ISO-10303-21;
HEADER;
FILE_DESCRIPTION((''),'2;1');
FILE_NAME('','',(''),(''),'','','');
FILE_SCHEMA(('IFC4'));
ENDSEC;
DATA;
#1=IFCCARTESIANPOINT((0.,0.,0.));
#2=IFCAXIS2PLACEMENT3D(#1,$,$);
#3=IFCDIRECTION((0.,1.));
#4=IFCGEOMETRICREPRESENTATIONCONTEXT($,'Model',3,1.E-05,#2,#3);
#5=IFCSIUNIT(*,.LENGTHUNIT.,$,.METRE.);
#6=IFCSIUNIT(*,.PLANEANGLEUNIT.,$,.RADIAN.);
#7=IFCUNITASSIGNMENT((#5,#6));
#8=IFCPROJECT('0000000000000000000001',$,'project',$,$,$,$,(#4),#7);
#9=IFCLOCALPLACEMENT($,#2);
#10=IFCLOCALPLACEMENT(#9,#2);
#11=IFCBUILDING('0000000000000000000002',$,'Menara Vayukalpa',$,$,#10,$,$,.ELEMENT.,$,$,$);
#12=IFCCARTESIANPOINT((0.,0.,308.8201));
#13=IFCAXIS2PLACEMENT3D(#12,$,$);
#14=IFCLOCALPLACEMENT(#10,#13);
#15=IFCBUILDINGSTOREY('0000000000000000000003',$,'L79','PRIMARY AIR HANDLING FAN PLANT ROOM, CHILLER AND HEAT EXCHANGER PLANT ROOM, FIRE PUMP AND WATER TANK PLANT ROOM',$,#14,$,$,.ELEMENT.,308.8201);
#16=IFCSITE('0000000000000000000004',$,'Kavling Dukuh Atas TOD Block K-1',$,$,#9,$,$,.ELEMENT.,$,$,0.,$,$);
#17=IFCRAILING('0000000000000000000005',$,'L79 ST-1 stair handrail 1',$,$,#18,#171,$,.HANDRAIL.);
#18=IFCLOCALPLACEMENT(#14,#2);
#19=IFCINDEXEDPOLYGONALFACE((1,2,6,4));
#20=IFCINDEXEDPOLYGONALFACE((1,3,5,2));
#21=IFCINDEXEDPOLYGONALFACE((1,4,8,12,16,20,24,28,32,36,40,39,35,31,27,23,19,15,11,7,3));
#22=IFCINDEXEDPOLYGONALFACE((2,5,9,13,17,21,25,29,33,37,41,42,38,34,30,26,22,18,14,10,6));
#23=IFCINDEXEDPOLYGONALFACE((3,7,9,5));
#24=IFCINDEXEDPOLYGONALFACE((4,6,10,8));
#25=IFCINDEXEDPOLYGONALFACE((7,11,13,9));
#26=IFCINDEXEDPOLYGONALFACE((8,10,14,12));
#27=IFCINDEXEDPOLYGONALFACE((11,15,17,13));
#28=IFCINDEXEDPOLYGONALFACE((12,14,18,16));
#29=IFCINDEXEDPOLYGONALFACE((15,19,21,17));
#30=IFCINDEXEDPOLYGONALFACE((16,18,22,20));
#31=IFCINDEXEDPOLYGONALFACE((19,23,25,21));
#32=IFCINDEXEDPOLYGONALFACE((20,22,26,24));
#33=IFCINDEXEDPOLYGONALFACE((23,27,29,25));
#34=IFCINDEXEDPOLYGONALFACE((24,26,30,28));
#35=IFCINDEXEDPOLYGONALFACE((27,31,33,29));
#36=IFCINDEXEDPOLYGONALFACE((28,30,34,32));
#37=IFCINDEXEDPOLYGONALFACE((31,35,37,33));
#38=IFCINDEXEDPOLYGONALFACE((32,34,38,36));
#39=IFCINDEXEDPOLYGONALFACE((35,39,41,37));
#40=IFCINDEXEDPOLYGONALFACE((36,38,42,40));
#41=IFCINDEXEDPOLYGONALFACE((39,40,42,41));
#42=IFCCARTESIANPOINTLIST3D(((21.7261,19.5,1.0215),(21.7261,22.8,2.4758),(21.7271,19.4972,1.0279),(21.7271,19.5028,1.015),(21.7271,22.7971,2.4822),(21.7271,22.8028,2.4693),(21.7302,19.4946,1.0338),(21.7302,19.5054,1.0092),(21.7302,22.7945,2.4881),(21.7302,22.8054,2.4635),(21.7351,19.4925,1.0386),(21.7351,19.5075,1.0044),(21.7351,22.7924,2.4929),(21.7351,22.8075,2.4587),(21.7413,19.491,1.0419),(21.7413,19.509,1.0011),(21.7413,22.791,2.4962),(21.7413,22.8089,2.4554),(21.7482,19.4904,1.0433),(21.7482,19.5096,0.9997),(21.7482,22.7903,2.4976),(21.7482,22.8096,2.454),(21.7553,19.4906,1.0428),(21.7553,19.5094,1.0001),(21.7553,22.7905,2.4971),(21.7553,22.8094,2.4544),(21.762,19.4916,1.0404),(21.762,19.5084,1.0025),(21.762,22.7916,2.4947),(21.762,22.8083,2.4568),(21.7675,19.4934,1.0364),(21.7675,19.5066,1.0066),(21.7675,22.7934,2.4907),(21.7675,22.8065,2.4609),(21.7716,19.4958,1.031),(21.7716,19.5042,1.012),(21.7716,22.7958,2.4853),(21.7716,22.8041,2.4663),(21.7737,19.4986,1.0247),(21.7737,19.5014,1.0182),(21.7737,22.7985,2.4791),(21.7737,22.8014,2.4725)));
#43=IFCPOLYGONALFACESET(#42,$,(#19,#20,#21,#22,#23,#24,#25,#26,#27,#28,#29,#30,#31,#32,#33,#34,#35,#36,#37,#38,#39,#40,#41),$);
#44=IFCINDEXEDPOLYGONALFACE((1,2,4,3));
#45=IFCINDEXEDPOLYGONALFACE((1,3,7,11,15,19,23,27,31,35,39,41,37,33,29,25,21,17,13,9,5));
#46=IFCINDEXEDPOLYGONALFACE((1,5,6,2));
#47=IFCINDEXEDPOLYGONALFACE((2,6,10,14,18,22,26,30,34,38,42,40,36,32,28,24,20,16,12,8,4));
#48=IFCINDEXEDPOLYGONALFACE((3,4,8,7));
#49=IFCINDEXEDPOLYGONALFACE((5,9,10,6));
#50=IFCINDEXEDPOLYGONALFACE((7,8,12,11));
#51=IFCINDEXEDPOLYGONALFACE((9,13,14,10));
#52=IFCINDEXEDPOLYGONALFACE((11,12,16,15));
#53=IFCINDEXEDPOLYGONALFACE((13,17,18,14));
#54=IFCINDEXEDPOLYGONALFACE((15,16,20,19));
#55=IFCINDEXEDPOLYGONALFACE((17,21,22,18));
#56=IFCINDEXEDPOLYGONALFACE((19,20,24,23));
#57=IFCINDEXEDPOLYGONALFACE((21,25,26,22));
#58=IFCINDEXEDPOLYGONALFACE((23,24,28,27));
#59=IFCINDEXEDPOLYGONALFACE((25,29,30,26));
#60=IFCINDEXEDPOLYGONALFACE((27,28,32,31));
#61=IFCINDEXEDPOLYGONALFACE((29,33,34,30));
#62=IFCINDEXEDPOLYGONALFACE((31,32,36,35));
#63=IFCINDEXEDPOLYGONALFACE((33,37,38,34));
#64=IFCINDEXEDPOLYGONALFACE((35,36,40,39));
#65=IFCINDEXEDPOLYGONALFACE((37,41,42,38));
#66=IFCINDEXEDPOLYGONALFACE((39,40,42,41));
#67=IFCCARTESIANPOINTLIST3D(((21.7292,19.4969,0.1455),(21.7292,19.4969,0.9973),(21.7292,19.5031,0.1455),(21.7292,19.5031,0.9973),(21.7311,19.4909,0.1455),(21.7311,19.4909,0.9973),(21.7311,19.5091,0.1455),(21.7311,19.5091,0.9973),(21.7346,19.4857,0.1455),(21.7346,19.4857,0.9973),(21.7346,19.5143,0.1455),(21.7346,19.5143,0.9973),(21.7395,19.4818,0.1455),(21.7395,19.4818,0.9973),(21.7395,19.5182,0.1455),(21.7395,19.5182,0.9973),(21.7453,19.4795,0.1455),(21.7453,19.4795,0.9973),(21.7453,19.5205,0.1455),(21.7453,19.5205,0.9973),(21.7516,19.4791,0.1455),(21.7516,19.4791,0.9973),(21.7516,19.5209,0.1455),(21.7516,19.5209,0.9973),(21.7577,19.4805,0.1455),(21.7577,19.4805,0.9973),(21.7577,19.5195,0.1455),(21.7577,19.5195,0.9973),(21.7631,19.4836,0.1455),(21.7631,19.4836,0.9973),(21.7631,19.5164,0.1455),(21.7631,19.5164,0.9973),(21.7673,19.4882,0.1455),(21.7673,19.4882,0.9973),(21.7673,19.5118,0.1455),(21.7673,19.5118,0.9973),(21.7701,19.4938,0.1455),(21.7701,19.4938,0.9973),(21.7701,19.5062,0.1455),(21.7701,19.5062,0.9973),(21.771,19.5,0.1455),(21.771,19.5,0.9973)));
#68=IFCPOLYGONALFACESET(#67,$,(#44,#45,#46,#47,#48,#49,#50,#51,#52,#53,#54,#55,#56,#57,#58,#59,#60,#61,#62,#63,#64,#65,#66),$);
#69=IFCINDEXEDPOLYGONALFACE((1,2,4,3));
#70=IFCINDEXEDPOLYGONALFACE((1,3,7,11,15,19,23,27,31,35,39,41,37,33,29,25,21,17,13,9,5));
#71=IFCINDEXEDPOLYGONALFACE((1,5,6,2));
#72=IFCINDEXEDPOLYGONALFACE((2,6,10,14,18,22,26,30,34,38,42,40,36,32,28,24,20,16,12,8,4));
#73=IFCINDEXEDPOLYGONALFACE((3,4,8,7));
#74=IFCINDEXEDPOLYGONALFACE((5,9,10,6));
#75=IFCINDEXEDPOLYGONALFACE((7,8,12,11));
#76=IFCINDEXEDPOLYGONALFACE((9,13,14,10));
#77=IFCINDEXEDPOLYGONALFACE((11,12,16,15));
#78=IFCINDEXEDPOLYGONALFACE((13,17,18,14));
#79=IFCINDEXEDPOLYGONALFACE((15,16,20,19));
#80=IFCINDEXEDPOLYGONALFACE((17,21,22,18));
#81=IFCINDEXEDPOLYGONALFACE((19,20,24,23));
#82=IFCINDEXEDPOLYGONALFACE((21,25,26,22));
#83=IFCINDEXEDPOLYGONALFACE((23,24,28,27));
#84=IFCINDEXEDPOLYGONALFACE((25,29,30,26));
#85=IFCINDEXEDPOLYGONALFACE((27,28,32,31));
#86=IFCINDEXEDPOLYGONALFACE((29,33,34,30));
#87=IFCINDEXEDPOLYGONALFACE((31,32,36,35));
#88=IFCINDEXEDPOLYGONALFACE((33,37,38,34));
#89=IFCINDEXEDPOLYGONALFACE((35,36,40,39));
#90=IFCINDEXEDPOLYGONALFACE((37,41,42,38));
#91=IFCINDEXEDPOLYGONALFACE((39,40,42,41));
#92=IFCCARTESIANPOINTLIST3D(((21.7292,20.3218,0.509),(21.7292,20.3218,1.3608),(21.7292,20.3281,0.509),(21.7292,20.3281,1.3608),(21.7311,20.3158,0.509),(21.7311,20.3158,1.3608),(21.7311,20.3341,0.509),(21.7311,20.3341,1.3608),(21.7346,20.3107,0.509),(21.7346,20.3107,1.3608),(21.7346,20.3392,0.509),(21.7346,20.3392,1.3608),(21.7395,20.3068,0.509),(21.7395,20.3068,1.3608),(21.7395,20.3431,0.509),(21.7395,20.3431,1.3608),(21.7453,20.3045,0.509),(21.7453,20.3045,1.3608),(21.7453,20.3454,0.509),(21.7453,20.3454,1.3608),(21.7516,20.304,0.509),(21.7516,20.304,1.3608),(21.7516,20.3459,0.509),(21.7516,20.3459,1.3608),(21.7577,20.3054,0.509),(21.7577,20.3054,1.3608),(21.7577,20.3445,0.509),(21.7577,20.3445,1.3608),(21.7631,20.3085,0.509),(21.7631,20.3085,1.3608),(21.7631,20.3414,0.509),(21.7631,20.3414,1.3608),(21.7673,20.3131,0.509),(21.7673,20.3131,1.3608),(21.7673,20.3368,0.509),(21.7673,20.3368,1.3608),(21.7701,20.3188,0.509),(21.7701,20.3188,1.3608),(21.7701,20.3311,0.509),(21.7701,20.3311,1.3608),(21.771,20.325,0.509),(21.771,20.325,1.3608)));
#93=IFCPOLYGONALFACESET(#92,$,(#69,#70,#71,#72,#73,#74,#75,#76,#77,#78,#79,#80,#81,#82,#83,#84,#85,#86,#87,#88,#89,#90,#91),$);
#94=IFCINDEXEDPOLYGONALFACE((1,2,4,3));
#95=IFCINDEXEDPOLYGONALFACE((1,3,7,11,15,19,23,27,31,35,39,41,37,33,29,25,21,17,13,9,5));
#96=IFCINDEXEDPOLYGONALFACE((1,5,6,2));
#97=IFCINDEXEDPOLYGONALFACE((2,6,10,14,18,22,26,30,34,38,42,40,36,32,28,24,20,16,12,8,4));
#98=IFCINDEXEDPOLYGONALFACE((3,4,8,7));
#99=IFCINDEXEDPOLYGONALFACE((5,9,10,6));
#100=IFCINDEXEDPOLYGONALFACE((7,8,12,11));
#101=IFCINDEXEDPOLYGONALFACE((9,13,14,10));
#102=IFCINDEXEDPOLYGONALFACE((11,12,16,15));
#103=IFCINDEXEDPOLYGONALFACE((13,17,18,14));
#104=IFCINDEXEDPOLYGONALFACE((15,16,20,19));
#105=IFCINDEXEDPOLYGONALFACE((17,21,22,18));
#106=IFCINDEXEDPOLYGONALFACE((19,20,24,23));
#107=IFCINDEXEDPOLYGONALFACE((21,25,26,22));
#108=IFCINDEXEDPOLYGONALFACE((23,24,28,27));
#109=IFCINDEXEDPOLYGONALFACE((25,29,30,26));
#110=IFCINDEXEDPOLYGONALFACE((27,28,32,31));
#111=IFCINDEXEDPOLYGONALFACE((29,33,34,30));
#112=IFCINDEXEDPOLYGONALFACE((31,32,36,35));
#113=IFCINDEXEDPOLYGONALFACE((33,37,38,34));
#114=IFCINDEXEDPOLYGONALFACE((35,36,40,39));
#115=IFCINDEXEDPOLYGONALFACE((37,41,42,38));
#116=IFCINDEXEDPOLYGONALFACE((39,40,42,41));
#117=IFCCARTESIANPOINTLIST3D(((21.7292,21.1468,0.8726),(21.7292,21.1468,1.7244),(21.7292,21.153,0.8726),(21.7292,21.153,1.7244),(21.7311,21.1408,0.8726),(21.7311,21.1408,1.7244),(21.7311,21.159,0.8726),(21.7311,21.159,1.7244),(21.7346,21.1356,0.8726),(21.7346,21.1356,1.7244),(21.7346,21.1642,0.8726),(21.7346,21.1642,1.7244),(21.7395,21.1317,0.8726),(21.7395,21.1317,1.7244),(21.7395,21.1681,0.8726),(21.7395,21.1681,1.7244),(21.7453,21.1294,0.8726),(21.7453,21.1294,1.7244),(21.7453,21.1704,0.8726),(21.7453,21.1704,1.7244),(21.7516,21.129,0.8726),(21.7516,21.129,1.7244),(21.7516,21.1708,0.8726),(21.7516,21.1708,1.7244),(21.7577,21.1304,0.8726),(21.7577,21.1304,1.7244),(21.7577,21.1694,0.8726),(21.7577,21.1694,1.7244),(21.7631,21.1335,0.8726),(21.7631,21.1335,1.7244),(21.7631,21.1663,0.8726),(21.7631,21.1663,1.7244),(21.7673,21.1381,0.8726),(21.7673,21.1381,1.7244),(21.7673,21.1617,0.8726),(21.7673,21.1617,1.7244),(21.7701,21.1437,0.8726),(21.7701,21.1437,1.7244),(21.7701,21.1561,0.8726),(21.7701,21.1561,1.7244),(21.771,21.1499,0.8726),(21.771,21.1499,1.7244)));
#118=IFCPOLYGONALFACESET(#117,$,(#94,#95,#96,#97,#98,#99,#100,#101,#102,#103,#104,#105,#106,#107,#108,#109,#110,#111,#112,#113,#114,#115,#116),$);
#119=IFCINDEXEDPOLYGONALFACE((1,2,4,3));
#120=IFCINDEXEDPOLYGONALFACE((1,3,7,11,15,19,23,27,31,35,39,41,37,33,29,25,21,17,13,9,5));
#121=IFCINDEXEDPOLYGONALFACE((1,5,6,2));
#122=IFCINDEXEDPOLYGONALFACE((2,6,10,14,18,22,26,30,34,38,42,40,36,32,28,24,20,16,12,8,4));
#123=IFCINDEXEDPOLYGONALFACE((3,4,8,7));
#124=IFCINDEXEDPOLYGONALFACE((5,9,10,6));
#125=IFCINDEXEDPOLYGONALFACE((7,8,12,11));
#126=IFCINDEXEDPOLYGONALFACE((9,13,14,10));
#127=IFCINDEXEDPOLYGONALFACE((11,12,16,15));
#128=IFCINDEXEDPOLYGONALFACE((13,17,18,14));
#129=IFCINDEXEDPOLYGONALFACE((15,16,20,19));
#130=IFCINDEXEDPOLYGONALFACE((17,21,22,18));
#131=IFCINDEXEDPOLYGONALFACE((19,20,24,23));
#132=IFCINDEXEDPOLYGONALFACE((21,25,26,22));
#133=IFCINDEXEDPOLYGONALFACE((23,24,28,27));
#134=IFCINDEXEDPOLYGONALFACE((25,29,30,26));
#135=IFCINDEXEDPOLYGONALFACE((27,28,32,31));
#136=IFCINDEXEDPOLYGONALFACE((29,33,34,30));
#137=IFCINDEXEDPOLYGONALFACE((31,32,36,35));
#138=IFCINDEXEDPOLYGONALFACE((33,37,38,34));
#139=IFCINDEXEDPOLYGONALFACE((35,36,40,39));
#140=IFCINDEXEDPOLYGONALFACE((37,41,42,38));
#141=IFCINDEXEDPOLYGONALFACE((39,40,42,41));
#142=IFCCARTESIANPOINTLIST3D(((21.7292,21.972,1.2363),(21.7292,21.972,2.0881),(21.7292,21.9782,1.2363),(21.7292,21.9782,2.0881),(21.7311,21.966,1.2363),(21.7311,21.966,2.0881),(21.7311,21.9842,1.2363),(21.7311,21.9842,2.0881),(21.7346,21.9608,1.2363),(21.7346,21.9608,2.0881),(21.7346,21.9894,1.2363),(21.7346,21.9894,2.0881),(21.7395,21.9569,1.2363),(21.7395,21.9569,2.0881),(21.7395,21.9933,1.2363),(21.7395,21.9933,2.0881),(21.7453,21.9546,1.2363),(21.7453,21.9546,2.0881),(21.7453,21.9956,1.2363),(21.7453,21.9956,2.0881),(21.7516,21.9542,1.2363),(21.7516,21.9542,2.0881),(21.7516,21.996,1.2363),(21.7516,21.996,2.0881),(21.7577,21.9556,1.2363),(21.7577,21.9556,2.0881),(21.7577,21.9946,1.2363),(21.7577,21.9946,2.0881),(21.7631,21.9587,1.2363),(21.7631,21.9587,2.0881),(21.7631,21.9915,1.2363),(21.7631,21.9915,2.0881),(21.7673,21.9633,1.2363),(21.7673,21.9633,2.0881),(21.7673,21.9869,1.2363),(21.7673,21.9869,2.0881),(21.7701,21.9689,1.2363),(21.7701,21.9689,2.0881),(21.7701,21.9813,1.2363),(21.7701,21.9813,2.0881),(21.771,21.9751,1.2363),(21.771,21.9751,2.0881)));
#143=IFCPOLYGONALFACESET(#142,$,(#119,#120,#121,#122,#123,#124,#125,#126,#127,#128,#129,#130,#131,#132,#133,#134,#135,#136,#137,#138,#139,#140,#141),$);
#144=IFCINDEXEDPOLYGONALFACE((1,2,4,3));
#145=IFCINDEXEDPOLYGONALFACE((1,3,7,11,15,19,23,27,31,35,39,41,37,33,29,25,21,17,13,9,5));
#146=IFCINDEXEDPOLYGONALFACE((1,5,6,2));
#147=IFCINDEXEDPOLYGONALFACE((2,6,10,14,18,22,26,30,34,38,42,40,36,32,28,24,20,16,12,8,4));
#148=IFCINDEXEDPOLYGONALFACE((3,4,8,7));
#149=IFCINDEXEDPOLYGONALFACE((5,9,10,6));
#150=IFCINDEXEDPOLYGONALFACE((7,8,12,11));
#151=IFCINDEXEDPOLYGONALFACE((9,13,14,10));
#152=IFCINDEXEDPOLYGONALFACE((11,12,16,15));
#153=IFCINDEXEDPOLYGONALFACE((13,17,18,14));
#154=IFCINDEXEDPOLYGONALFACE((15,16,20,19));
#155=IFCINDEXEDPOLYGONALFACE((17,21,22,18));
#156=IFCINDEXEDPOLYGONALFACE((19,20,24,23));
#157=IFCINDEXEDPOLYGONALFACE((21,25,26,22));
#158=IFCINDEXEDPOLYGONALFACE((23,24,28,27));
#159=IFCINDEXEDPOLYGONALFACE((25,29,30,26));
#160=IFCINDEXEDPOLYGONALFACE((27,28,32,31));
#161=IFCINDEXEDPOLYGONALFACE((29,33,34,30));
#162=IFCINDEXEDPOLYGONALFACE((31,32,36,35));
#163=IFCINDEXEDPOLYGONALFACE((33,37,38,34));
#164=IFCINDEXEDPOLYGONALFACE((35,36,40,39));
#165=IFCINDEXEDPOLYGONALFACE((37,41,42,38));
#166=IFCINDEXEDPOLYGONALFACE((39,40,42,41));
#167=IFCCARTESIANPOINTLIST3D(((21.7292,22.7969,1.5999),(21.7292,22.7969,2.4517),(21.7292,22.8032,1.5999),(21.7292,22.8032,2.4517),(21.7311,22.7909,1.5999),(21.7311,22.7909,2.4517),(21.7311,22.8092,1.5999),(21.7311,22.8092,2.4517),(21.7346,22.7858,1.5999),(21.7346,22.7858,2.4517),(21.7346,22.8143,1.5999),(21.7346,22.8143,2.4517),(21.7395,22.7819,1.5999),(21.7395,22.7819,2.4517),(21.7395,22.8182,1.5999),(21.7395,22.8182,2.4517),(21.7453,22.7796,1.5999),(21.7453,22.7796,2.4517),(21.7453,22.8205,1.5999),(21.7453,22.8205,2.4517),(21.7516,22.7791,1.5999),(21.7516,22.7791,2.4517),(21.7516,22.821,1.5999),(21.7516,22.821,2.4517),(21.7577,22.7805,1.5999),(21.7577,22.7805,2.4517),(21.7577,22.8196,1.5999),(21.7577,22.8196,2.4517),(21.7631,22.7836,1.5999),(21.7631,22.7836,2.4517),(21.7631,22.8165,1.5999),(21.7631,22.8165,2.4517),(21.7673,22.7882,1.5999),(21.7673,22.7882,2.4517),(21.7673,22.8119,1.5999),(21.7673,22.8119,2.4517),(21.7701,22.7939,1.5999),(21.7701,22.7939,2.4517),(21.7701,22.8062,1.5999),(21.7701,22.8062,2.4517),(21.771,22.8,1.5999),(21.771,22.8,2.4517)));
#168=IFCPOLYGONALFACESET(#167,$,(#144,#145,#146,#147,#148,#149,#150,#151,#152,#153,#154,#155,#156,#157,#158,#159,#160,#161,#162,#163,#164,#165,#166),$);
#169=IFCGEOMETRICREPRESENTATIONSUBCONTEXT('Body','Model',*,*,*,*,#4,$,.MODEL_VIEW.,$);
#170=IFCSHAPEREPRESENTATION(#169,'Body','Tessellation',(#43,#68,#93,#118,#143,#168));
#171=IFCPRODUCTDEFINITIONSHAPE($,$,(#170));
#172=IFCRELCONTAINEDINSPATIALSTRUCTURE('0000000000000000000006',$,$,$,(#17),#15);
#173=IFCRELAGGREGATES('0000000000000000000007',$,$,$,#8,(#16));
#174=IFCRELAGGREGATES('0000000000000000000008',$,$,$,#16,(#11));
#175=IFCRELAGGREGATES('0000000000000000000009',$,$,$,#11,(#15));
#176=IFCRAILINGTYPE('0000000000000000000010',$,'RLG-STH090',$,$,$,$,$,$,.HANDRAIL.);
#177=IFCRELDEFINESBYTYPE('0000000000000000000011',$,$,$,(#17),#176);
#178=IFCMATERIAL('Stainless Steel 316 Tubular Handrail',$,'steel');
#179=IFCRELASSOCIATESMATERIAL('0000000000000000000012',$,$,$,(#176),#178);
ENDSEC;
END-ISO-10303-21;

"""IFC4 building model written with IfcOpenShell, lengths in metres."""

from ifc_helpers import new_model, si_unit, direction, frame, origin, origin_2d, place, context, subcontext, project, spatial, circle, extrude, material, type_object, element, save


model = new_model("IFC4")

# Units and contexts
model_context = context("Model", 3, precision=1e-05, world=origin(), true_north=direction((0.0, 1.0)))
body_context = subcontext(model_context, "Body", "Model", "MODEL_VIEW")
ifc_project = project(units=[si_unit("LENGTHUNIT", "METRE"), si_unit("PLANEANGLEUNIT", "RADIAN")], contexts=[model_context])

# Site, building, storey
site_placement = place(None, origin())
site = spatial("IfcSite", under=ifc_project, at=site_placement, Name="Kavling Dukuh Atas TOD Block K-1", CompositionType="ELEMENT", RefElevation=0.0)
building_placement = place(site_placement, origin())
building = spatial("IfcBuilding", under=site, at=building_placement, Name="Menara Vayukalpa", CompositionType="ELEMENT")
storey_placement = place(building_placement, frame((0.0, 0.0, 308.8201)))
storey = spatial("IfcBuildingStorey", under=building, at=storey_placement, Name="L79", Description="PRIMARY AIR HANDLING FAN PLANT ROOM, CHILLER AND HEAT EXCHANGER PLANT ROOM, FIRE PUMP AND WATER TANK PLANT ROOM", CompositionType="ELEMENT", Elevation=308.8201)

# Railing
ifc_material_1 = material(Name="Stainless Steel 316 Tubular Handrail", Category="steel")
railing_type_1 = type_object("IfcRailingType", Name="RLG-STH090", PredefinedType="HANDRAIL", material=ifc_material_1)
railing_1_placement = place(storey_placement, frame((21.75, 19.5, 0.1455)))
element("IfcRailing", 1, at=railing_1_placement, inside=storey, type_object=railing_type_1, Name="L79 ST-1 stair handrail 1", PredefinedType="HANDRAIL", context=body_context, shape_type="SweptSolid", body=[
    extrude(circle(Radius=0.0239, at=origin_2d()), frame((0.0, 0.0, 0.876), z_axis=(0.0, 0.915077, 0.403278), x_axis=(-1.0, 0.0, 0.0)), (0.0, 0.0, 1.0), 3.6062),
    extrude(circle(Radius=0.021, at=origin_2d()), origin(), (0.0, 0.0, 1.0), 0.8518),
    extrude(circle(Radius=0.021, at=origin_2d()), frame((0.0, 0.825, 0.3635)), (0.0, 0.0, 1.0), 0.8518),
    extrude(circle(Radius=0.021, at=origin_2d()), frame((0.0, 1.6499, 0.7271)), (0.0, 0.0, 1.0), 0.8518),
    extrude(circle(Radius=0.021, at=origin_2d()), frame((0.0, 2.4751, 1.0908)), (0.0, 0.0, 1.0), 0.8518),
    extrude(circle(Radius=0.021, at=origin_2d()), frame((0.0, 3.3, 1.4543)), (0.0, 0.0, 1.0), 0.8518),
])

save(model, "model.ifc")
